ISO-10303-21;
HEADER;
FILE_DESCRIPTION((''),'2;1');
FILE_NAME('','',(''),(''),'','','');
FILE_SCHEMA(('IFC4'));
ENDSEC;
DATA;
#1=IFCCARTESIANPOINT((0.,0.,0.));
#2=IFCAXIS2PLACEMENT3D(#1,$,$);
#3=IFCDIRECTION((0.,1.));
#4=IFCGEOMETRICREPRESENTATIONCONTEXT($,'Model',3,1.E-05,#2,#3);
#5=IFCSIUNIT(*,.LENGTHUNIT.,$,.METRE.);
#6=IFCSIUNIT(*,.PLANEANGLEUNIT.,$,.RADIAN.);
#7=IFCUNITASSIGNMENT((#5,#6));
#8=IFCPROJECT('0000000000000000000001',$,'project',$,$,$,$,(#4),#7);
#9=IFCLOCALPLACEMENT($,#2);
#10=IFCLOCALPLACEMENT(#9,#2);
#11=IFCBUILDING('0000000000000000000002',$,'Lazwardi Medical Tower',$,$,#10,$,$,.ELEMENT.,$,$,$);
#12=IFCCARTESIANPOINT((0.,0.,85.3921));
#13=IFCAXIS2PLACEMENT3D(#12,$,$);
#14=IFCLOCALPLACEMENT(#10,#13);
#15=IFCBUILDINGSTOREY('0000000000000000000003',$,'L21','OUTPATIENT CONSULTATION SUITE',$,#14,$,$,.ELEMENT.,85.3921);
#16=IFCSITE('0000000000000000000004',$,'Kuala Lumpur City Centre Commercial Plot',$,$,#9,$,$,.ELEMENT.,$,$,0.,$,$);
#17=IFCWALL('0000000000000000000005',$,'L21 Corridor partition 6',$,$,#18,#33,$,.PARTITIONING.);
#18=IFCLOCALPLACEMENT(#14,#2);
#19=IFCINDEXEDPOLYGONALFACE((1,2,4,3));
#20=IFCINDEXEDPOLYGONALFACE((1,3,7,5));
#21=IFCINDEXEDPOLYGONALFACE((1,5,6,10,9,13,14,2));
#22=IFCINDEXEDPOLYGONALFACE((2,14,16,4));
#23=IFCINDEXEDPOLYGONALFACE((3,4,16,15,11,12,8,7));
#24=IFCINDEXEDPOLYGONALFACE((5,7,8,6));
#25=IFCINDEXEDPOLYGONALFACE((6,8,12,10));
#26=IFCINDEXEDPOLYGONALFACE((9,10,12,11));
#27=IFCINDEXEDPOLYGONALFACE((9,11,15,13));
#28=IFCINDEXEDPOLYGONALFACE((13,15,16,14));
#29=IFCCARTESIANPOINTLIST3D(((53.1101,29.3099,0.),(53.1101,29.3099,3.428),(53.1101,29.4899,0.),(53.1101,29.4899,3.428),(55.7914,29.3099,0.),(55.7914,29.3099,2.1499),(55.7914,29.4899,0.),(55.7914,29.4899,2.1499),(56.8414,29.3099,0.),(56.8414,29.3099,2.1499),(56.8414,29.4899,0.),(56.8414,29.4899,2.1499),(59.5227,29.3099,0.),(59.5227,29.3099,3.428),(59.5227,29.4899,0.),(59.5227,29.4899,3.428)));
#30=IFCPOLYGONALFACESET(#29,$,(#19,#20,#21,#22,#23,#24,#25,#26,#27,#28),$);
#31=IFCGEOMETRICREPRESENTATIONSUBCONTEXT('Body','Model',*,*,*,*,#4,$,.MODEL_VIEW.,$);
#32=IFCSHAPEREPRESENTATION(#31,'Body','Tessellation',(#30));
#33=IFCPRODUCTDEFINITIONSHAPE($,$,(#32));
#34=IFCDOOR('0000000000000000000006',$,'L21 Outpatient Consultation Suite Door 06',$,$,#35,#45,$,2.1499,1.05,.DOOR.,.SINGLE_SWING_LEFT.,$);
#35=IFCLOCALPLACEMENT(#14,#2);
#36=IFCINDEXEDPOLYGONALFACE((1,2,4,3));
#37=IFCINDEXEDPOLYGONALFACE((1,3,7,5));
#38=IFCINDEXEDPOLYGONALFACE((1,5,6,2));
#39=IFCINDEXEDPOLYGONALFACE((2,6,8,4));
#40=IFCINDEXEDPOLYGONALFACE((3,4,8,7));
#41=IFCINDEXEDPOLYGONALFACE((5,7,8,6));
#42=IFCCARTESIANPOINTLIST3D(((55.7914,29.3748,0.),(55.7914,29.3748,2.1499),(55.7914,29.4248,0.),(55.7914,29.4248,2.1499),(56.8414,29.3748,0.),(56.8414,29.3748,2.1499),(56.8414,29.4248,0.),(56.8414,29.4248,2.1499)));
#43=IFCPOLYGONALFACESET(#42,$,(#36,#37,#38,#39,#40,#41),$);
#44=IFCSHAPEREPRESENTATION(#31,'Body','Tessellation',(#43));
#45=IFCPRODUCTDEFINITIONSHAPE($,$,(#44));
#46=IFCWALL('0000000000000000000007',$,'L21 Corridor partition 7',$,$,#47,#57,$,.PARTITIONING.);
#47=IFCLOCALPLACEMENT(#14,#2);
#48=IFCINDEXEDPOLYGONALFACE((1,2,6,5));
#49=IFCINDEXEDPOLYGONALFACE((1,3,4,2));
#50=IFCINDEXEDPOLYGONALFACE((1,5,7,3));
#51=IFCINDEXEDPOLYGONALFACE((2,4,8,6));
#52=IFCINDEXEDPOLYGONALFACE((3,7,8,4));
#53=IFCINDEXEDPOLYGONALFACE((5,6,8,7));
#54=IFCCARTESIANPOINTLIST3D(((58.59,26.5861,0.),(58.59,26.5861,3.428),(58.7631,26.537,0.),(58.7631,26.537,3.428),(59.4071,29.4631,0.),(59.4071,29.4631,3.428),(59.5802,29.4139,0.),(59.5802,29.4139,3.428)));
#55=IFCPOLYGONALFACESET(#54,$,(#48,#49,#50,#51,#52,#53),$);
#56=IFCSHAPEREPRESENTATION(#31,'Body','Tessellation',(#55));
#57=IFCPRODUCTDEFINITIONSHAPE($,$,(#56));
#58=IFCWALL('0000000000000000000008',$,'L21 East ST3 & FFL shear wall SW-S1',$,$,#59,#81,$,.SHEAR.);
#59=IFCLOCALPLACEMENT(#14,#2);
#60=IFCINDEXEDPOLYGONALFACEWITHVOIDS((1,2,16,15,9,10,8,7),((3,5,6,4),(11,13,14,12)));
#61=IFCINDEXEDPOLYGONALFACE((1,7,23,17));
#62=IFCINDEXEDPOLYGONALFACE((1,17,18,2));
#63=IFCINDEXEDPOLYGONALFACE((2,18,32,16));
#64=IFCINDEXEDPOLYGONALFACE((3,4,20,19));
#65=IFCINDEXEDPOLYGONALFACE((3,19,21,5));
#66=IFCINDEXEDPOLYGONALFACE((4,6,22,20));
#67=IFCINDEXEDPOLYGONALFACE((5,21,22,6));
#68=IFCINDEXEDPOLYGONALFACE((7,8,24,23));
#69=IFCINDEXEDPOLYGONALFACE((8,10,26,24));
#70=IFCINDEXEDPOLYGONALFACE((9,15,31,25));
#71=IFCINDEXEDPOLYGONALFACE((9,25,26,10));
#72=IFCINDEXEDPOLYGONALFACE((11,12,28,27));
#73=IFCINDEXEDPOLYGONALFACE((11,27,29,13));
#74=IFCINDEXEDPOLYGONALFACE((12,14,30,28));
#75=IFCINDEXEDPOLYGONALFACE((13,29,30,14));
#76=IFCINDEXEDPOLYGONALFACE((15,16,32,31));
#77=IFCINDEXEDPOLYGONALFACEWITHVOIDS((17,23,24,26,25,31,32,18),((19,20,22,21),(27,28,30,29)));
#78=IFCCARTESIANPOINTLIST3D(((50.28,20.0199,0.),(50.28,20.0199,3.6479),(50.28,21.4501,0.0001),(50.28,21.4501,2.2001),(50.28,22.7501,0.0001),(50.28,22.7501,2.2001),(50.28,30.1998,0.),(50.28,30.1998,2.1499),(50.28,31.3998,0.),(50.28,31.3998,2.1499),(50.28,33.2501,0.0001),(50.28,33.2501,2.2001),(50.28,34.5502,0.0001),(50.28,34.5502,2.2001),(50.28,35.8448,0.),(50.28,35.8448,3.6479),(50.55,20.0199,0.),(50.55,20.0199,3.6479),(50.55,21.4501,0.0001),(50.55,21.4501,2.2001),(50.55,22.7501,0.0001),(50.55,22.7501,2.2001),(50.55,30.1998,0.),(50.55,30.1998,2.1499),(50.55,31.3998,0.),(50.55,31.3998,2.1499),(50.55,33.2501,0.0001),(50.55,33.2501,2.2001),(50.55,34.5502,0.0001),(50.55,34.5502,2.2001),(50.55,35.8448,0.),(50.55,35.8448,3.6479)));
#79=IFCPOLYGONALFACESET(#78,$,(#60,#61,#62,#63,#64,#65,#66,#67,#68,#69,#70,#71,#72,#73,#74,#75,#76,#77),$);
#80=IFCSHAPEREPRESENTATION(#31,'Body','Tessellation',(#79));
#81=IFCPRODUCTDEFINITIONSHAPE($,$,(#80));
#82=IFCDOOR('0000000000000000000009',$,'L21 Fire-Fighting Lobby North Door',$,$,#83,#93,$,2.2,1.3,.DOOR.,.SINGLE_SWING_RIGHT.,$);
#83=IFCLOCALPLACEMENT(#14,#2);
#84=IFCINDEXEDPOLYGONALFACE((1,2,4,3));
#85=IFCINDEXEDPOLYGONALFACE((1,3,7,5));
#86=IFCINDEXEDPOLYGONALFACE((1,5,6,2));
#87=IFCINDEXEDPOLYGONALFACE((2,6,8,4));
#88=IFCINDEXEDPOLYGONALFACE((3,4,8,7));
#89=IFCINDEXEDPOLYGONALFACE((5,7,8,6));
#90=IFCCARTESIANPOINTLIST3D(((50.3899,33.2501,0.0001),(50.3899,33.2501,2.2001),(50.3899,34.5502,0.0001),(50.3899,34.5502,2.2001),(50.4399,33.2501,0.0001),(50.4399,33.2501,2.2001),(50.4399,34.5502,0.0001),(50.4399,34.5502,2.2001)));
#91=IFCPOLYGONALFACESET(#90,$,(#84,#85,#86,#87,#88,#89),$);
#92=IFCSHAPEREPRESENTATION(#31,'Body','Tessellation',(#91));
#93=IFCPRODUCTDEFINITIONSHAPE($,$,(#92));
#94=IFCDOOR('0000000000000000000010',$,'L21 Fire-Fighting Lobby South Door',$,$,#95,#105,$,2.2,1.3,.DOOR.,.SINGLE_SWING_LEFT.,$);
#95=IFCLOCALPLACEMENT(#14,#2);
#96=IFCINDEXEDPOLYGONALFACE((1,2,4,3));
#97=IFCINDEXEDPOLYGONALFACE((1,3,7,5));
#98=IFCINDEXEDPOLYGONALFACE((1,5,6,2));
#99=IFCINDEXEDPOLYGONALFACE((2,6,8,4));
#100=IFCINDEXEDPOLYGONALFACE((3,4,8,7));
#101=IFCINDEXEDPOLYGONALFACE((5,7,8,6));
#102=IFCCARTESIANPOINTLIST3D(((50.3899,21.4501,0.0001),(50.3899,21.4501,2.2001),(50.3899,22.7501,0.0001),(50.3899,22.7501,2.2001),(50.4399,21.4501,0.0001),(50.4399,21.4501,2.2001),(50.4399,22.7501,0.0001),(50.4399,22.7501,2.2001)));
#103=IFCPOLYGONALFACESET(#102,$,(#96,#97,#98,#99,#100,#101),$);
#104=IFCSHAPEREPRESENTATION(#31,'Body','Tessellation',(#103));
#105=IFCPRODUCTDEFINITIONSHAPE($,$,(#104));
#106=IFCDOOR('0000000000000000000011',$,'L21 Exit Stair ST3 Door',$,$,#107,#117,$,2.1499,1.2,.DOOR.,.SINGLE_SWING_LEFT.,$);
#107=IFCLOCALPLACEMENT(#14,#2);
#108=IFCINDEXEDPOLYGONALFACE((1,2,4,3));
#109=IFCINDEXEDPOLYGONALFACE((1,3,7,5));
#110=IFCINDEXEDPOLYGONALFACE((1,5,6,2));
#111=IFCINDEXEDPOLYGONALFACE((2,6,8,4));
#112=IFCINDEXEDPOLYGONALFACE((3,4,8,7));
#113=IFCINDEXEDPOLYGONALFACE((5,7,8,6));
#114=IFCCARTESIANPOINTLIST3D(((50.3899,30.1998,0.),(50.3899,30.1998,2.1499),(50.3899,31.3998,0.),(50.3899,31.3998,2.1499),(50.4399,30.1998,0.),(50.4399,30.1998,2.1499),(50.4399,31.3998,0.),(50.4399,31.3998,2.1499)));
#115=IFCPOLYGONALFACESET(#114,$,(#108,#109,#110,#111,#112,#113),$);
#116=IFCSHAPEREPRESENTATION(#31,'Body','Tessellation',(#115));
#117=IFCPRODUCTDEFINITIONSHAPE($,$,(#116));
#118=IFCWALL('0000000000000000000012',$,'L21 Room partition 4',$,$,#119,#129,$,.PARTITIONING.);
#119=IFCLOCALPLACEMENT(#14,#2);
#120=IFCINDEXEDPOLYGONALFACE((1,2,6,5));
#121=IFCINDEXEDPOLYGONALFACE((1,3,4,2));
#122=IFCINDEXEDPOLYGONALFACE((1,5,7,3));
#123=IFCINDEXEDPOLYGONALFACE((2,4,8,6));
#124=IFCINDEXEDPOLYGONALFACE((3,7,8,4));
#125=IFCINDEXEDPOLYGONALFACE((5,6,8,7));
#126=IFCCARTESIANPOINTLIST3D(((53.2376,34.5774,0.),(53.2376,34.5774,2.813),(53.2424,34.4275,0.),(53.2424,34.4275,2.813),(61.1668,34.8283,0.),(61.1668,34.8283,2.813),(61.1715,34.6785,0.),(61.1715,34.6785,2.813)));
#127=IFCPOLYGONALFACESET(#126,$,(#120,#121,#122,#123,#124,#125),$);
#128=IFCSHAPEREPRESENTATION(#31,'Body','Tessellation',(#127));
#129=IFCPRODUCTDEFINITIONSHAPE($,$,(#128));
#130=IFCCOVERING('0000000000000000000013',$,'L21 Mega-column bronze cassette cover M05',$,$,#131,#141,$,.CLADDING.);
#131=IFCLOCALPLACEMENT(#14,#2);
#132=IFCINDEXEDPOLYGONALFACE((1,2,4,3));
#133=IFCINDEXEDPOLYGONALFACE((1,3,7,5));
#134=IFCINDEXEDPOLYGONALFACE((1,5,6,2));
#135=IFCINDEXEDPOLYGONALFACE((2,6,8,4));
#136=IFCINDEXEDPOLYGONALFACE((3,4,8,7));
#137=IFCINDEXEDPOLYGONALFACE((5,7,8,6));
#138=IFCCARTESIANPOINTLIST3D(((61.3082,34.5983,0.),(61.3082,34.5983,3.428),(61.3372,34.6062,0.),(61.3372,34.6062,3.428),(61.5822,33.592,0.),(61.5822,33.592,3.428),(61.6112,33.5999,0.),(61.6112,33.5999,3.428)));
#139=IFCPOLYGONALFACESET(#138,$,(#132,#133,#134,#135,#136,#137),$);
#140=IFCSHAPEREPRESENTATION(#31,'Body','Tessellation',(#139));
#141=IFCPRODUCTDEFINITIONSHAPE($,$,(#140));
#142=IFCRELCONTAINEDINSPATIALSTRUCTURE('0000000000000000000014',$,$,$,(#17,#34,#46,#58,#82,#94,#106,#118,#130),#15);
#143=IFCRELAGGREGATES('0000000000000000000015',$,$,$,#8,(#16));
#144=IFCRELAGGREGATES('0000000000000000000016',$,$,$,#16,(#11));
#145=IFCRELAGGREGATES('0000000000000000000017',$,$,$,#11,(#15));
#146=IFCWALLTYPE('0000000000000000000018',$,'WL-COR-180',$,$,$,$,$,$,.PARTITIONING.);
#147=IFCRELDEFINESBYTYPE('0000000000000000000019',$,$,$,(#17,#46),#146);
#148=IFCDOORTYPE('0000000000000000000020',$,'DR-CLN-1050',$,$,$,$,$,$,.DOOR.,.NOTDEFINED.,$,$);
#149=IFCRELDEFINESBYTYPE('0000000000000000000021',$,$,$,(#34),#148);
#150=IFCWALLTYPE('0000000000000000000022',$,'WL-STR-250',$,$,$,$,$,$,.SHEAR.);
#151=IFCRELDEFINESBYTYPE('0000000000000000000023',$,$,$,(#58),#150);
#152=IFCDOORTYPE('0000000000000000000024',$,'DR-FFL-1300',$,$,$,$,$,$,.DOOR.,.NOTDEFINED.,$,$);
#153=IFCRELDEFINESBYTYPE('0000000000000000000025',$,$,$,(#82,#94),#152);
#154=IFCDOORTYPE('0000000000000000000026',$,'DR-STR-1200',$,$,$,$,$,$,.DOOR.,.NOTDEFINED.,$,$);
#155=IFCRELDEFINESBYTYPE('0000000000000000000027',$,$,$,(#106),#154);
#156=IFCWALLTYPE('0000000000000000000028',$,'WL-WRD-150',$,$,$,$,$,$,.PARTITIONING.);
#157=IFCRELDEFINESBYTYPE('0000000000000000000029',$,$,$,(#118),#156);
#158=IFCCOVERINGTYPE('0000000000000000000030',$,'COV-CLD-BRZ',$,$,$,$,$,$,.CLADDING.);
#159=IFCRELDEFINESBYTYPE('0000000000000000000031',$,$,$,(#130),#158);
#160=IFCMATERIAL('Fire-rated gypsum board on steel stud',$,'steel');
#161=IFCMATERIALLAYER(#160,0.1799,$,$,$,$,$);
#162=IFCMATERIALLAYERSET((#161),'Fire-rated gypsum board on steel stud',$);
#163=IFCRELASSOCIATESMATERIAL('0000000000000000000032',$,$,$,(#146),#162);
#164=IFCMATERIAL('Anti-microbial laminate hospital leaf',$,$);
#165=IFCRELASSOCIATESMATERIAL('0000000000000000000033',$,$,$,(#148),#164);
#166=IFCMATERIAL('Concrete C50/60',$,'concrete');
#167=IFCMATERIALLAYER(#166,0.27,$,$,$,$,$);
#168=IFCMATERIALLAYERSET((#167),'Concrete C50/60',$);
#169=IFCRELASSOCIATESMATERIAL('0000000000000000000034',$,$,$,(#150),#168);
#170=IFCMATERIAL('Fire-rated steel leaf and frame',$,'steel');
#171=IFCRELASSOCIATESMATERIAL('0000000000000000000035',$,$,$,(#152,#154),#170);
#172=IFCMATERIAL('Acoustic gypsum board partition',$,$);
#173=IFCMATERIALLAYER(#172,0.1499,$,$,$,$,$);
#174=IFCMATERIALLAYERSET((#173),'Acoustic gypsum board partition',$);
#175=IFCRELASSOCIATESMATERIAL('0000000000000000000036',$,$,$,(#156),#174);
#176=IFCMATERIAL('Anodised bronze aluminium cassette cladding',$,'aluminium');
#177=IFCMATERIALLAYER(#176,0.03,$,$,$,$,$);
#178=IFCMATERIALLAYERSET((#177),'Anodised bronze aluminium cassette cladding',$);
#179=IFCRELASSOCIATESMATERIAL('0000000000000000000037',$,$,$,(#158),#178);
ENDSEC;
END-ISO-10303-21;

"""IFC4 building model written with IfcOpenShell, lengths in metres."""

from ifc_helpers import new_model, si_unit, direction, frame, frame_2d, origin, origin_2d, place, context, subcontext, project, spatial, rectangle, extrude, material, layer, layer_set, type_object, element, fill, save


model = new_model("IFC4")

# Units and contexts
model_context = context("Model", 3, precision=1e-05, world=origin(), true_north=direction((0.0, 1.0)))
body_context = subcontext(model_context, "Body", "Model", "MODEL_VIEW")
ifc_project = project(units=[si_unit("LENGTHUNIT", "METRE"), si_unit("PLANEANGLEUNIT", "RADIAN")], contexts=[model_context])

# Site, building, storey
site_placement = place(None, origin())
site = spatial("IfcSite", under=ifc_project, at=site_placement, Name="Kuala Lumpur City Centre Commercial Plot", CompositionType="ELEMENT", RefElevation=0.0)
building_placement = place(site_placement, origin())
building = spatial("IfcBuilding", under=site, at=building_placement, Name="Lazwardi Medical Tower", CompositionType="ELEMENT")
storey_placement = place(building_placement, frame((0.0, 0.0, 85.3921)))
storey = spatial("IfcBuildingStorey", under=building, at=storey_placement, Name="L21", Description="OUTPATIENT CONSULTATION SUITE", CompositionType="ELEMENT", Elevation=85.3921)

# Shared definitions
ifc_material_1 = material(Name="Fire-rated gypsum board on steel stud", Category="steel")
ifc_layer_1 = layer(ifc_material_1, 0.1799)
ifc_layer_set_1 = layer_set([ifc_layer_1], Name="Fire-rated gypsum board on steel stud")
wall_type_1 = type_object("IfcWallType", Name="WL-COR-180", PredefinedType="PARTITIONING", material=ifc_layer_set_1)

# Wall, opening, door
wall_1_placement = place(storey_placement, frame((53.1101, 29.3999, 0.0), z_axis=(0.0, 0.0, 1.0), x_axis=(1.0, 0.0, 0.0)))
wall_1 = element("IfcWall", 1, at=wall_1_placement, inside=storey, type_object=wall_type_1, Name="L21 Corridor partition 6", PredefinedType="PARTITIONING", context=body_context, shape_type="SweptSolid", body=[
    extrude(rectangle(XDim=6.4126, YDim=0.1799, at=frame_2d((3.2063, 0.0))), origin(), (0.0, 0.0, 1.0), 3.428),
])
opening_1_placement = place(wall_1_placement, frame((2.6814, 0.0, 0.0)))
opening_1 = element("IfcOpeningElement", 2, at=opening_1_placement, cuts=wall_1, PredefinedType="OPENING", context=body_context, shape_type="SweptSolid", body=[
    extrude(rectangle(XDim=1.05, YDim=2.1499, at=frame_2d((0.5249, 1.075))), frame((0.0, 0.0999, 0.0), z_axis=(0.0, -1.0, 0.0), x_axis=(1.0, 0.0, 0.0)), (0.0, 0.0, 1.0), 0.2),
])
ifc_material_2 = material(Name="Anti-microbial laminate hospital leaf")
door_type_1 = type_object("IfcDoorType", Name="DR-CLN-1050", OperationType="NOTDEFINED", PredefinedType="DOOR", material=ifc_material_2)
door_1_placement = place(opening_1_placement, origin())
door_1 = element("IfcDoor", 3, at=door_1_placement, inside=storey, type_object=door_type_1, Name="L21 Outpatient Consultation Suite Door 06", OperationType="SINGLE_SWING_LEFT", OverallHeight=2.1499, OverallWidth=1.05, PredefinedType="DOOR", context=body_context, shape_type="SweptSolid", body=[
    extrude(rectangle(XDim=1.05, YDim=2.1499, at=frame_2d((0.5249, 1.075))), frame((0.0, 0.0249, 0.0), z_axis=(0.0, -1.0, 0.0), x_axis=(1.0, 0.0, 0.0)), (0.0, 0.0, 1.0), 0.05),
])
fill(opening_1, door_1)

# Wall
wall_2_placement = place(storey_placement, frame((59.4937, 29.4385, 0.0), z_axis=(0.0, 0.0, 1.0), x_axis=(-0.273222, -0.961951, 0.0)))
element("IfcWall", 4, at=wall_2_placement, inside=storey, type_object=wall_type_1, Name="L21 Corridor partition 7", PredefinedType="PARTITIONING", context=body_context, shape_type="SweptSolid", body=[
    extrude(rectangle(XDim=2.9907, YDim=0.1799, at=frame_2d((1.4954, 0.0))), origin(), (0.0, 0.0, 1.0), 3.428),
])

# Wall, openings, doors
ifc_material_3 = material(Name="Concrete C50/60", Category="concrete")
ifc_layer_2 = layer(ifc_material_3, 0.27)
ifc_layer_set_2 = layer_set([ifc_layer_2], Name="Concrete C50/60")
wall_type_2 = type_object("IfcWallType", Name="WL-STR-250", PredefinedType="SHEAR", material=ifc_layer_set_2)
wall_3_placement = place(storey_placement, frame((50.415, 35.845, 0.0), z_axis=(0.0, 0.0, 1.0), x_axis=(0.0, -1.0, 0.0)))
wall_3 = element("IfcWall", 5, at=wall_3_placement, inside=storey, type_object=wall_type_2, Name="L21 East ST3 & FFL shear wall SW-S1", PredefinedType="SHEAR", context=body_context, shape_type="SweptSolid", body=[
    extrude(rectangle(XDim=15.825, YDim=0.27, at=frame_2d((7.9126, 0.0))), origin(), (0.0, 0.0, 1.0), 3.6479),
])
opening_2_placement = place(wall_3_placement, frame((4.4451, 0.0, 0.0)))
opening_2 = element("IfcOpeningElement", 6, at=opening_2_placement, cuts=wall_3, PredefinedType="OPENING", context=body_context, shape_type="SweptSolid", body=[
    extrude(rectangle(XDim=1.2, YDim=2.1499, at=frame_2d((0.6001, 1.075))), frame((0.0, 0.145, 0.0), z_axis=(0.0, -1.0, 0.0), x_axis=(1.0, 0.0, 0.0)), (0.0, 0.0, 1.0), 0.29),
])
opening_3_placement = place(wall_3_placement, frame((1.2949, 0.0, 0.0)))
opening_3 = element("IfcOpeningElement", 7, at=opening_3_placement, cuts=wall_3, PredefinedType="OPENING", context=body_context, shape_type="SweptSolid", body=[
    extrude(rectangle(XDim=1.3, YDim=2.2, at=frame_2d((0.6499, 1.1001))), frame((0.0, 0.145, 0.0), z_axis=(0.0, -1.0, 0.0), x_axis=(1.0, 0.0, 0.0)), (0.0, 0.0, 1.0), 0.29),
])
opening_4_placement = place(wall_3_placement, frame((13.095, 0.0, 0.0)))
opening_4 = element("IfcOpeningElement", 8, at=opening_4_placement, cuts=wall_3, PredefinedType="OPENING", context=body_context, shape_type="SweptSolid", body=[
    extrude(rectangle(XDim=1.3, YDim=2.2, at=frame_2d((0.6499, 1.1001))), frame((0.0, 0.145, 0.0), z_axis=(0.0, -1.0, 0.0), x_axis=(1.0, 0.0, 0.0)), (0.0, 0.0, 1.0), 0.29),
])
ifc_material_4 = material(Name="Fire-rated steel leaf and frame", Category="steel")
door_type_2 = type_object("IfcDoorType", Name="DR-FFL-1300", OperationType="NOTDEFINED", PredefinedType="DOOR", material=ifc_material_4)
door_2_placement = place(opening_3_placement, origin())
door_2 = element("IfcDoor", 9, at=door_2_placement, inside=storey, type_object=door_type_2, Name="L21 Fire-Fighting Lobby North Door", OperationType="SINGLE_SWING_RIGHT", OverallHeight=2.2, OverallWidth=1.3, PredefinedType="DOOR", context=body_context, shape_type="SweptSolid", body=[
    extrude(rectangle(XDim=1.3, YDim=2.2, at=frame_2d((0.6499, 1.1001))), frame((0.0, 0.0249, 0.0), z_axis=(0.0, -1.0, 0.0), x_axis=(1.0, 0.0, 0.0)), (0.0, 0.0, 1.0), 0.05),
])
fill(opening_3, door_2)
door_3_placement = place(opening_4_placement, origin())
door_3 = element("IfcDoor", 10, at=door_3_placement, inside=storey, type_object=door_type_2, Name="L21 Fire-Fighting Lobby South Door", OperationType="SINGLE_SWING_LEFT", OverallHeight=2.2, OverallWidth=1.3, PredefinedType="DOOR", context=body_context, shape_type="SweptSolid", body=[
    extrude(rectangle(XDim=1.3, YDim=2.2, at=frame_2d((0.6499, 1.1001))), frame((0.0, 0.0249, 0.0), z_axis=(0.0, -1.0, 0.0), x_axis=(1.0, 0.0, 0.0)), (0.0, 0.0, 1.0), 0.05),
])
fill(opening_4, door_3)
door_type_3 = type_object("IfcDoorType", Name="DR-STR-1200", OperationType="NOTDEFINED", PredefinedType="DOOR", material=ifc_material_4)
door_4_placement = place(opening_2_placement, origin())
door_4 = element("IfcDoor", 11, at=door_4_placement, inside=storey, type_object=door_type_3, Name="L21 Exit Stair ST3 Door", OperationType="SINGLE_SWING_LEFT", OverallHeight=2.1499, OverallWidth=1.2, PredefinedType="DOOR", context=body_context, shape_type="SweptSolid", body=[
    extrude(rectangle(XDim=1.2, YDim=2.1499, at=frame_2d((0.6001, 1.075))), frame((0.0, 0.0249, 0.0), z_axis=(0.0, -1.0, 0.0), x_axis=(1.0, 0.0, 0.0)), (0.0, 0.0, 1.0), 0.05),
])
fill(opening_2, door_4)

# Wall
ifc_material_5 = material(Name="Acoustic gypsum board partition")
ifc_layer_3 = layer(ifc_material_5, 0.1499)
ifc_layer_set_3 = layer_set([ifc_layer_3], Name="Acoustic gypsum board partition")
wall_type_3 = type_object("IfcWallType", Name="WL-WRD-150", PredefinedType="PARTITIONING", material=ifc_layer_set_3)
wall_4_placement = place(storey_placement, frame((53.24, 34.5024, 0.0), z_axis=(0.0, 0.0, 1.0), x_axis=(0.999499, 0.031636, 0.0)))
element("IfcWall", 12, at=wall_4_placement, inside=storey, type_object=wall_type_3, Name="L21 Room partition 4", PredefinedType="PARTITIONING", context=body_context, shape_type="SweptSolid", body=[
    extrude(rectangle(XDim=7.9331, YDim=0.1499, at=frame_2d((3.9666, 0.0))), origin(), (0.0, 0.0, 1.0), 2.813),
])

# Covering
ifc_material_6 = material(Name="Anodised bronze aluminium cassette cladding", Category="aluminium")
ifc_layer_4 = layer(ifc_material_6, 0.03)
ifc_layer_set_4 = layer_set([ifc_layer_4], Name="Anodised bronze aluminium cassette cladding")
covering_type = type_object("IfcCoveringType", Name="COV-CLD-BRZ", PredefinedType="CLADDING", material=ifc_layer_set_4)
covering_placement = place(storey_placement, frame((61.4597, 34.0991, 0.0), z_axis=(0.0, 0.0, 1.0), x_axis=(-0.262696, 0.964879, 0.0)))
element("IfcCovering", 13, at=covering_placement, inside=storey, type_object=covering_type, Name="L21 Mega-column bronze cassette cover M05", PredefinedType="CLADDING", context=body_context, shape_type="SweptSolid", body=[
    extrude(rectangle(XDim=1.043, YDim=0.03, at=origin_2d()), origin(), (0.0, 0.0, 1.0), 3.428),
])

save(model, "model.ifc")
